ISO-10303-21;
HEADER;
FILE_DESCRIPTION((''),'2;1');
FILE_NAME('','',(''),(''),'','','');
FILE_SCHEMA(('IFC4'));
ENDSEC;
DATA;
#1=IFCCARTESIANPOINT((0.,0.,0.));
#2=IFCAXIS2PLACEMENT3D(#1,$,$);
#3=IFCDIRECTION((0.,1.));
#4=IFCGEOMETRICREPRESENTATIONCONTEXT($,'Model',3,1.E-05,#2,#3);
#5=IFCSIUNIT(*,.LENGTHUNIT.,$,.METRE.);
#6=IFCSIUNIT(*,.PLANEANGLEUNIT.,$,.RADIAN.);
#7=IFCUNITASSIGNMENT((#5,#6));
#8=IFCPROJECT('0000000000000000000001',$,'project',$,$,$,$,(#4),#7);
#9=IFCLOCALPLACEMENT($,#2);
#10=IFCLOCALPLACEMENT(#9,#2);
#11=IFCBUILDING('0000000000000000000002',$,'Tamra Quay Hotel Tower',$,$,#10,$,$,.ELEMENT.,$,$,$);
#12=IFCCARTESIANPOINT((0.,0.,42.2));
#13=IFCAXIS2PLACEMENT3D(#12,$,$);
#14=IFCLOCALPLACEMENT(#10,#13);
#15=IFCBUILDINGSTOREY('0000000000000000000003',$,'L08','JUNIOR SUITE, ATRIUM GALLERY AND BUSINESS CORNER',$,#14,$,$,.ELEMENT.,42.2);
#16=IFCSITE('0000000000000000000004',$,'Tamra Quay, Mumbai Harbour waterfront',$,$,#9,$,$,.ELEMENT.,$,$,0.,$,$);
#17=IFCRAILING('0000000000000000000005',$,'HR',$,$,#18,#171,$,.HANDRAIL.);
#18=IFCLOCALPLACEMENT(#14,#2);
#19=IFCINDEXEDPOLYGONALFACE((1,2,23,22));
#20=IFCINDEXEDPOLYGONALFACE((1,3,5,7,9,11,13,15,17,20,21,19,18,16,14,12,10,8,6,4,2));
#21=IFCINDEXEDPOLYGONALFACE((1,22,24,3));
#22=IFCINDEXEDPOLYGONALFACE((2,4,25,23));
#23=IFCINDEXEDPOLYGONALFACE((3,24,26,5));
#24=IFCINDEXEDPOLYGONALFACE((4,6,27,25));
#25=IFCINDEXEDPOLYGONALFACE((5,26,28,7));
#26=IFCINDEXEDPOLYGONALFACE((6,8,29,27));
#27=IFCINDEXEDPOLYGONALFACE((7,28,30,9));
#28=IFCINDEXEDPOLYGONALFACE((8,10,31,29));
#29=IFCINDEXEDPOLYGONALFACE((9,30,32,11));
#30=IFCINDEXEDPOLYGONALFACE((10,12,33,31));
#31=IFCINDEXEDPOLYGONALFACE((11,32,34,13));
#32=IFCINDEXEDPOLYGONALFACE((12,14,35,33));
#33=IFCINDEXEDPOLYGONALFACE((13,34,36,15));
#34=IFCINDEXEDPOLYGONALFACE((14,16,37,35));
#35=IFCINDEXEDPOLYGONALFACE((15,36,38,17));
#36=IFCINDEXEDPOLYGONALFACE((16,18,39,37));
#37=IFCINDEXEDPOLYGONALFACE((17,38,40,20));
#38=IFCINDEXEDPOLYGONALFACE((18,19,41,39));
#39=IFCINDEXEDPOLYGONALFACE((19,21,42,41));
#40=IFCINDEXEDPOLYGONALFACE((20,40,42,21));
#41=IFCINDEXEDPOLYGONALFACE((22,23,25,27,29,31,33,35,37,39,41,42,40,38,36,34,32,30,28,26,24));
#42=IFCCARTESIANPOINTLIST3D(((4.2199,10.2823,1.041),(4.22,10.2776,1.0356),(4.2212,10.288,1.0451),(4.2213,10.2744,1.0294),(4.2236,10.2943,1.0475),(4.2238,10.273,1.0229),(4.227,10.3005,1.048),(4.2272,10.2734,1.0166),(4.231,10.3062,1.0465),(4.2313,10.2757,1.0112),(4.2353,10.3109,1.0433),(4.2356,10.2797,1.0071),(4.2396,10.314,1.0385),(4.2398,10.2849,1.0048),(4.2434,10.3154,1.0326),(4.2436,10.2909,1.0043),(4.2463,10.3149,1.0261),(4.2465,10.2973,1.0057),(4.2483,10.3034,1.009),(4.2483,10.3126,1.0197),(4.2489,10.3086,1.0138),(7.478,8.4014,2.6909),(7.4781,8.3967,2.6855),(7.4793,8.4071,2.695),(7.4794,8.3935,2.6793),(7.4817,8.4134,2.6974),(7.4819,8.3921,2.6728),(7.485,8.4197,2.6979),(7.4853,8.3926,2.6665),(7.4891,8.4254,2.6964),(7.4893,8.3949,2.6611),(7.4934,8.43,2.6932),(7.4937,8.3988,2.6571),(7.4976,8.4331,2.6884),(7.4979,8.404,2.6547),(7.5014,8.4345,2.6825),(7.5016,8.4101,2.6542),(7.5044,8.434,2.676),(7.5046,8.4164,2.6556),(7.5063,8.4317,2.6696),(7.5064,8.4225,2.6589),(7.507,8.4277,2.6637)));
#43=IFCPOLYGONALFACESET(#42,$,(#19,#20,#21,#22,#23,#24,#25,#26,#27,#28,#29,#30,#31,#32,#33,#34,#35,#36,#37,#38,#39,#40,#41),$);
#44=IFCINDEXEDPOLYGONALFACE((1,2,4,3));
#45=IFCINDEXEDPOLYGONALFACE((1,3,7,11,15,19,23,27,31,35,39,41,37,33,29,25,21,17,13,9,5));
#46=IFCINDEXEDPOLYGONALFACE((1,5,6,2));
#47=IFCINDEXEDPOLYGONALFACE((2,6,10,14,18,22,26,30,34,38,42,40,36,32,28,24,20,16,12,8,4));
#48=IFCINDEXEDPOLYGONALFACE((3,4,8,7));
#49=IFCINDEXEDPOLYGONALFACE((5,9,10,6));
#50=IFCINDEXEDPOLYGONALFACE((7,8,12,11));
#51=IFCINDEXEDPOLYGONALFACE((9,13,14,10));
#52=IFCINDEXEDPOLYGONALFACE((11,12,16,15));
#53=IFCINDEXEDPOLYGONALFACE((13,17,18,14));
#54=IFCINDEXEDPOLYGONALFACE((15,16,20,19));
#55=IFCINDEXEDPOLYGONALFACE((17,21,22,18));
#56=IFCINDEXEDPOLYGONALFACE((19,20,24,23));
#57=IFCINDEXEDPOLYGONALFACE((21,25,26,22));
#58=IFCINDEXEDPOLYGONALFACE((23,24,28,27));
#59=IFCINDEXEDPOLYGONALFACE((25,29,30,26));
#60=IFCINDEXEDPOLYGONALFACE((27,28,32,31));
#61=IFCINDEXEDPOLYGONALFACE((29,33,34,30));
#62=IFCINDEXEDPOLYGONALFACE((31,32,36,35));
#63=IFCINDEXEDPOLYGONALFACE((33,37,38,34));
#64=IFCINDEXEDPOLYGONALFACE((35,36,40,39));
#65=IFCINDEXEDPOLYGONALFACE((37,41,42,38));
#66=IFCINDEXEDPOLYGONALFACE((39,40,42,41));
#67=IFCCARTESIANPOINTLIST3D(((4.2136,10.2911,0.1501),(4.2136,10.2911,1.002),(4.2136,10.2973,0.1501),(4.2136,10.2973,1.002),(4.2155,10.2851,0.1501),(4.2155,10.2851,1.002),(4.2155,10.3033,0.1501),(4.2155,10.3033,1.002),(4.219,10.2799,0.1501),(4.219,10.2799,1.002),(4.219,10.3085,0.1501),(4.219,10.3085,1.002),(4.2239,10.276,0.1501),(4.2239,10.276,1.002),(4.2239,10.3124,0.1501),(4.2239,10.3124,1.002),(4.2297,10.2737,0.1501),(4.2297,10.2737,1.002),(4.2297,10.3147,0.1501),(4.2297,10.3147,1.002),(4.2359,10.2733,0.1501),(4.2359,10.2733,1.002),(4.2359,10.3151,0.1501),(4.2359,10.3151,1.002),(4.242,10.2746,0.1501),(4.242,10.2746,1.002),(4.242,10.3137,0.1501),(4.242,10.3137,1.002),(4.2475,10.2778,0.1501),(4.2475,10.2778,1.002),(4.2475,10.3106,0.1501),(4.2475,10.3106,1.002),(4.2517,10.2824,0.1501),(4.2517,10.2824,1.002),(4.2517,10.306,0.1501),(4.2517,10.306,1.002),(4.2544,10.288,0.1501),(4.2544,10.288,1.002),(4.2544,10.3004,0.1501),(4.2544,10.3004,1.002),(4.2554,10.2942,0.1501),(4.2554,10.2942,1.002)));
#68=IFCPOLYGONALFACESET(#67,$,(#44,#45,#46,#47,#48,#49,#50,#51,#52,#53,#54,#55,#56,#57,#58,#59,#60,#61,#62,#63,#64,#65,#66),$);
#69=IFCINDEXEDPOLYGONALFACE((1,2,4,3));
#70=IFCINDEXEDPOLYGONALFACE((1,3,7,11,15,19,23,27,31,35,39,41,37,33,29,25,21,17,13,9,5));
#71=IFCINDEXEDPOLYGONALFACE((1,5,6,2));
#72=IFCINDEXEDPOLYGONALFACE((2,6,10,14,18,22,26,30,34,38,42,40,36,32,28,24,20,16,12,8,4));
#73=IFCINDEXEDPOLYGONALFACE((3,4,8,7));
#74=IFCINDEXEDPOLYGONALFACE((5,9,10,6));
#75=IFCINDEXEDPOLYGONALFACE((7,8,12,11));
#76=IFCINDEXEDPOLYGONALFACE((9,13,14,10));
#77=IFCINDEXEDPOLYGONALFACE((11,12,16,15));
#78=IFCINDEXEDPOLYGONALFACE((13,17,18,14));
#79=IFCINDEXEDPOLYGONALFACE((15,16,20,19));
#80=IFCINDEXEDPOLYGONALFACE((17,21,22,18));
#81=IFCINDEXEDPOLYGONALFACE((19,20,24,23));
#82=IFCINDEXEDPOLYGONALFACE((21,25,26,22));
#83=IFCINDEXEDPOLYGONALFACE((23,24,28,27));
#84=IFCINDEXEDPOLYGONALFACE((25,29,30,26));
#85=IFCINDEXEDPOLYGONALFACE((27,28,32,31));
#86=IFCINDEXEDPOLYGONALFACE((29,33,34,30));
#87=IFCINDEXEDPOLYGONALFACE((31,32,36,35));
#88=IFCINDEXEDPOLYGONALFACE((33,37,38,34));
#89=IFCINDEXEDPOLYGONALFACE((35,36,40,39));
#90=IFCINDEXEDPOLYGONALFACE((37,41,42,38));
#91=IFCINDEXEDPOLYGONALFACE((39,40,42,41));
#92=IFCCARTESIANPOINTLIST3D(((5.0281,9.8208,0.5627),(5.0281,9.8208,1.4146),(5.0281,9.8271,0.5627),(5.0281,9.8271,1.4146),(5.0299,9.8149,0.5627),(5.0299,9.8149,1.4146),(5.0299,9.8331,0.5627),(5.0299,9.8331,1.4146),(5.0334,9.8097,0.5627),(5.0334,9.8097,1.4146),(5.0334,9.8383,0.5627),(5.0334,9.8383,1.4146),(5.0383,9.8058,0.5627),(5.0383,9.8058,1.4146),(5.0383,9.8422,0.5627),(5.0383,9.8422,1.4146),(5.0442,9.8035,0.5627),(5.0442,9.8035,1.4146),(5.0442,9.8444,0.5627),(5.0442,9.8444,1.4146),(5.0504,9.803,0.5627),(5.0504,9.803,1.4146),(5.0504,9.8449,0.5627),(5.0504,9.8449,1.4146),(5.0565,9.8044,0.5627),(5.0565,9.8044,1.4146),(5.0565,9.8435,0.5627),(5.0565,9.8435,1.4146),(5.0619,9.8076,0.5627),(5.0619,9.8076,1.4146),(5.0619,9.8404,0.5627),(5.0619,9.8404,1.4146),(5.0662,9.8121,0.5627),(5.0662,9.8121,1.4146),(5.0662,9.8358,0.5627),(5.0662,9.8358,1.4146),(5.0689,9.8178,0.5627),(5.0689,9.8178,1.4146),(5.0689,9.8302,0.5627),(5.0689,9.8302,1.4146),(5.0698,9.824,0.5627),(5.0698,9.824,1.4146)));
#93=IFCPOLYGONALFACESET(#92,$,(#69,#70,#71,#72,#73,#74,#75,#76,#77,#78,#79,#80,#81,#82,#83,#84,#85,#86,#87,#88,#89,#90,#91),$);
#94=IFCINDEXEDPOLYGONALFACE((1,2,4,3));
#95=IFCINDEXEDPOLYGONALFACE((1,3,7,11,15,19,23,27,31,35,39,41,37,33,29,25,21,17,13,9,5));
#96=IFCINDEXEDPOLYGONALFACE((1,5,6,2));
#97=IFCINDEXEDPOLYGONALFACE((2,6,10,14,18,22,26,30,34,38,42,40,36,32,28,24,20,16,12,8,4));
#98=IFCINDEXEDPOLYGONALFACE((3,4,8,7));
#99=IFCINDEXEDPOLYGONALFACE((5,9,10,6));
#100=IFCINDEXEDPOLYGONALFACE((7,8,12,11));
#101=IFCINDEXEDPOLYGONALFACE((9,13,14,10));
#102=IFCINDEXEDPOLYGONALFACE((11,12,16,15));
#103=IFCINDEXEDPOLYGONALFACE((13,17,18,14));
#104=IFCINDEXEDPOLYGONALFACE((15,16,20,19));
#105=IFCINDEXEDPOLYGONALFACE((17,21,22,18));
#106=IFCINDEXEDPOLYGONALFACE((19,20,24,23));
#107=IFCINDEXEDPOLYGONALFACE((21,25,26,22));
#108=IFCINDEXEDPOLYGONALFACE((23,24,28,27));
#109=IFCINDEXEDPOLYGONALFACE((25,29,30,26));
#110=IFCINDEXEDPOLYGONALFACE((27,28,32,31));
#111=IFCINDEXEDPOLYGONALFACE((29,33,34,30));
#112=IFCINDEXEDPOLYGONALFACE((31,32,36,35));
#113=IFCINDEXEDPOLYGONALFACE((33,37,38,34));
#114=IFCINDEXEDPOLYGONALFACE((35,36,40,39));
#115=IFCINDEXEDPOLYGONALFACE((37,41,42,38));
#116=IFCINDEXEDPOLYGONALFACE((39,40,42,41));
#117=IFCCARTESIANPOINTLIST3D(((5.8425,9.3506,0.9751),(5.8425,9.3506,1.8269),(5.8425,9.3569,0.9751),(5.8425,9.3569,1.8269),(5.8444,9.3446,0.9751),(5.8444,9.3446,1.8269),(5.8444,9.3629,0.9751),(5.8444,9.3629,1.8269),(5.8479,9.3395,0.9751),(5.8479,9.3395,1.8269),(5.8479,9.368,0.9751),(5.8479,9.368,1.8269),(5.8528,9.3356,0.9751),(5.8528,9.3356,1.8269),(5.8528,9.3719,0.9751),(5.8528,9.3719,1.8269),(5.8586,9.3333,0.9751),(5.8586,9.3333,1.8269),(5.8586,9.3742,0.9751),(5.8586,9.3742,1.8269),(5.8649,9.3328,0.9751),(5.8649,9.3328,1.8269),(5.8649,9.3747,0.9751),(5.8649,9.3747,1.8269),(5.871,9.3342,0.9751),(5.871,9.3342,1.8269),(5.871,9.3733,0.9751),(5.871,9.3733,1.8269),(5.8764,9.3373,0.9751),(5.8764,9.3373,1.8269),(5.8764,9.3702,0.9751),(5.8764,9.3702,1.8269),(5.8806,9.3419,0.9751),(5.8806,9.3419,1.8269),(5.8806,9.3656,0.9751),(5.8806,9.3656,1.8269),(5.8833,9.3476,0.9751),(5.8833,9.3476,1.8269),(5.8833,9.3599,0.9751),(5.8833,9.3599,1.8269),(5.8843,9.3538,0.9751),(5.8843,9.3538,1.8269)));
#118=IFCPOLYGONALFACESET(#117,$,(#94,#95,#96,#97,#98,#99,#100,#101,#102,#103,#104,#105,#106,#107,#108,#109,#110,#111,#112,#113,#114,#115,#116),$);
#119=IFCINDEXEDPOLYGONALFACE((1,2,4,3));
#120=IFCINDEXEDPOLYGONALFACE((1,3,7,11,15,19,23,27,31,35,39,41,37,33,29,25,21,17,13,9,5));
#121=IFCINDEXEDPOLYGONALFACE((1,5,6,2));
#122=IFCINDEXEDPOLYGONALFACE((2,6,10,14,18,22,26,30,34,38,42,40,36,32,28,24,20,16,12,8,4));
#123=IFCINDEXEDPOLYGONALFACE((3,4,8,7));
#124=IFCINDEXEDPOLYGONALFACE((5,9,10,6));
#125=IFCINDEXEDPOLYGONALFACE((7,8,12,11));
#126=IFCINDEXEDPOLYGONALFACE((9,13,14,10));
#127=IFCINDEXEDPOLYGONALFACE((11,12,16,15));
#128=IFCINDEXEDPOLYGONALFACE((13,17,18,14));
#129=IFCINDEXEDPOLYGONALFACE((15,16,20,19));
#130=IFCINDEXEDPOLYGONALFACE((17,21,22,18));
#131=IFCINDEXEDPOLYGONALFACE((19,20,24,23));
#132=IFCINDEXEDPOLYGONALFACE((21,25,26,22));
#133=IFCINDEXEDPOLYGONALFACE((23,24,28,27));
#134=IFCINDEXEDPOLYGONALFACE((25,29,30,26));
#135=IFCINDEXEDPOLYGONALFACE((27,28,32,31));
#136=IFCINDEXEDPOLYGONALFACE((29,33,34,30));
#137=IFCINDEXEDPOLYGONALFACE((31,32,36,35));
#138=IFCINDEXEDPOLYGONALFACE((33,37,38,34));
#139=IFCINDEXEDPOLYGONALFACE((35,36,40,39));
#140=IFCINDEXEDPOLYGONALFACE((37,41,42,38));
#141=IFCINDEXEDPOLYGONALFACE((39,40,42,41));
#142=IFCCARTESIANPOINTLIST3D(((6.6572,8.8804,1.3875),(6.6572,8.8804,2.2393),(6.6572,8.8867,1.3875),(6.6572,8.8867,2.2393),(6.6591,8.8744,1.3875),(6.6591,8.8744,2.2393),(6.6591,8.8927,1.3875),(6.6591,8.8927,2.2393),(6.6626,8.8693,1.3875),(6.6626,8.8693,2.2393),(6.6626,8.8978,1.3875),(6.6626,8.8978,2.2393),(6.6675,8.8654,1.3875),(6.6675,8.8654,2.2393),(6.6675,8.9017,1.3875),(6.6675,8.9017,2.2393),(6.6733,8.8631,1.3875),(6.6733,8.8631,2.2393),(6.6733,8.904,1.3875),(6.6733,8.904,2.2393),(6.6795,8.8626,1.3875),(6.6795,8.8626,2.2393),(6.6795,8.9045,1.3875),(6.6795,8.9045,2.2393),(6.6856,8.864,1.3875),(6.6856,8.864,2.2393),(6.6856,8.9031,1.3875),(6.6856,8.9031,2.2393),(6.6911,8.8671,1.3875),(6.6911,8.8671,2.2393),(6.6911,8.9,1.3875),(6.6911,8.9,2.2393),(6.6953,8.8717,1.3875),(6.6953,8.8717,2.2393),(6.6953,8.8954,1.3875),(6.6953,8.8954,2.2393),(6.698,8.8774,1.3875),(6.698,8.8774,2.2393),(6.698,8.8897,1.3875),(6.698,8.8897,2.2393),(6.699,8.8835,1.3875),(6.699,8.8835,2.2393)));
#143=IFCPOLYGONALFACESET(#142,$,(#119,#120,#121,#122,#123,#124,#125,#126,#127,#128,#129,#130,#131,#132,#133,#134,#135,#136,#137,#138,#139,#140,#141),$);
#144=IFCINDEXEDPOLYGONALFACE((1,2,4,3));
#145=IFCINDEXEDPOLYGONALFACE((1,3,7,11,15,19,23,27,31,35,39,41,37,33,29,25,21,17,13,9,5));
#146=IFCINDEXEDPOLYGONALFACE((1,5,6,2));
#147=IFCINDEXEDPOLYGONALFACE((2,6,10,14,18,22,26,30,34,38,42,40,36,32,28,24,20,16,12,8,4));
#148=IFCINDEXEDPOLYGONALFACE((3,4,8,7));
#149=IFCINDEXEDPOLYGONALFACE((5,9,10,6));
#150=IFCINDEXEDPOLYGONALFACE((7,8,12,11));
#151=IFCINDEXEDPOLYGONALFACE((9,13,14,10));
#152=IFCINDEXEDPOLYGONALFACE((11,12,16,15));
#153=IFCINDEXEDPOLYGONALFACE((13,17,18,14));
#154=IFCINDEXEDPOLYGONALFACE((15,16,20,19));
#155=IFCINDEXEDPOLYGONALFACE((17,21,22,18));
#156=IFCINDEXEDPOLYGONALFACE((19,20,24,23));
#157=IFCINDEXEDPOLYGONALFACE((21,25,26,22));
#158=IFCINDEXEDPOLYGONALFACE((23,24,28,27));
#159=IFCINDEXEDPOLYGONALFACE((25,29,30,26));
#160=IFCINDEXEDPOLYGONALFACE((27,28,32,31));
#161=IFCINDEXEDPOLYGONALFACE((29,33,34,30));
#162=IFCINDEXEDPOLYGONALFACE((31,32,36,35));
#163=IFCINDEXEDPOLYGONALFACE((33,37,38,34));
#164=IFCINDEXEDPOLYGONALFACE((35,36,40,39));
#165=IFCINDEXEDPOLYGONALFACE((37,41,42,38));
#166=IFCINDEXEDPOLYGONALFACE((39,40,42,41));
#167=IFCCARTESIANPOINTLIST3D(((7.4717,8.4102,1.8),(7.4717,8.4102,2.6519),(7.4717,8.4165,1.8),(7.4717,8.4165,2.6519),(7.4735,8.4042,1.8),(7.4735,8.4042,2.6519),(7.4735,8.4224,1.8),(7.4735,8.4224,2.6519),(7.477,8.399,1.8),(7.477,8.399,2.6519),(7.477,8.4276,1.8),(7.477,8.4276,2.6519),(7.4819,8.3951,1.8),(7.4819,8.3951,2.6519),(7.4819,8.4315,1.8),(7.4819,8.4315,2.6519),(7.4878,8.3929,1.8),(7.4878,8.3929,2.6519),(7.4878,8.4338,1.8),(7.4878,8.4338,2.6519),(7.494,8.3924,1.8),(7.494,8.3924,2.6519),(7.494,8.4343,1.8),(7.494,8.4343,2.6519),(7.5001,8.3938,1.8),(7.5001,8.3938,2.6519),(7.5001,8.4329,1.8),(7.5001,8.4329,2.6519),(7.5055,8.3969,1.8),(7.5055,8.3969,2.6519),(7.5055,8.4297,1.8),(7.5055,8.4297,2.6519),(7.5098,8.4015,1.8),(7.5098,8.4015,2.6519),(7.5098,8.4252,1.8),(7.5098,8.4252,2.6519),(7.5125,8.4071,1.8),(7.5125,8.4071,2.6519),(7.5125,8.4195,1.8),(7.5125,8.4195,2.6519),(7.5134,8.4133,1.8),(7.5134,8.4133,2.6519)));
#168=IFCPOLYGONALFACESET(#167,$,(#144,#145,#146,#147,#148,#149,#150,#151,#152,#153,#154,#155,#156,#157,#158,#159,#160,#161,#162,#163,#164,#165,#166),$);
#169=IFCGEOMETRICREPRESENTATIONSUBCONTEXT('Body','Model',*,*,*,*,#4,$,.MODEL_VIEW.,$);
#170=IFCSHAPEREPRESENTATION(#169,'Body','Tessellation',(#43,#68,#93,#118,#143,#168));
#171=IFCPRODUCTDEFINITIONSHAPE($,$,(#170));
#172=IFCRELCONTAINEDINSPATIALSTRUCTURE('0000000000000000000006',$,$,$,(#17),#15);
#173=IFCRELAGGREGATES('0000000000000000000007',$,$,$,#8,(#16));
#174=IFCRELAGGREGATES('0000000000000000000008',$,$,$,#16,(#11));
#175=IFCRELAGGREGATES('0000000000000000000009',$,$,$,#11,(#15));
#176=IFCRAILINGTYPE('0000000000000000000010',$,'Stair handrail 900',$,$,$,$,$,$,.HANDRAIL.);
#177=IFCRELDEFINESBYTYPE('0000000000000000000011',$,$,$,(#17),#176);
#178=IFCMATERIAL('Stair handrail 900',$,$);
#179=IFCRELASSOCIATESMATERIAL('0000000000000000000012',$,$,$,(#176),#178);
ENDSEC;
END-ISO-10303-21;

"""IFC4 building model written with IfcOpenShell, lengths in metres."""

from ifc_helpers import new_model, si_unit, direction, frame, origin, origin_2d, place, context, subcontext, project, spatial, circle, extrude, material, type_object, element, save


model = new_model("IFC4")

# Units and contexts
model_context = context("Model", 3, precision=1e-05, world=origin(), true_north=direction((0.0, 1.0)))
body_context = subcontext(model_context, "Body", "Model", "MODEL_VIEW")
ifc_project = project(units=[si_unit("LENGTHUNIT", "METRE"), si_unit("PLANEANGLEUNIT", "RADIAN")], contexts=[model_context])

# Site, building, storey
site_placement = place(None, origin())
site = spatial("IfcSite", under=ifc_project, at=site_placement, Name="Tamra Quay, Mumbai Harbour waterfront", CompositionType="ELEMENT", RefElevation=0.0)
building_placement = place(site_placement, origin())
building = spatial("IfcBuilding", under=site, at=building_placement, Name="Tamra Quay Hotel Tower", CompositionType="ELEMENT")
storey_placement = place(building_placement, frame((0.0, 0.0, 42.2)))
storey = spatial("IfcBuildingStorey", under=building, at=storey_placement, Name="L08", Description="JUNIOR SUITE, ATRIUM GALLERY AND BUSINESS CORNER", CompositionType="ELEMENT", Elevation=42.2)

# Railing
ifc_material_1 = material(Name="Stair handrail 900")
railing_type = type_object("IfcRailingType", Name="Stair handrail 900", PredefinedType="HANDRAIL", material=ifc_material_1)
railing_placement = place(storey_placement, frame((4.2344, 10.2942, 0.1501)))
element("IfcRailing", 1, at=railing_placement, inside=storey, type_object=railing_type, Name="HR", PredefinedType="HANDRAIL", context=body_context, shape_type="SweptSolid", body=[
    extrude(circle(Radius=0.0239, at=origin_2d()), frame((0.0, 0.0, 0.876), z_axis=(0.793122, -0.457865, 0.401642), x_axis=(0.499964, 0.866046, 0.0)), (0.0, 0.0, 1.0), 4.1079),
    extrude(circle(Radius=0.021, at=origin_2d()), origin(), (0.0, 0.0, 1.0), 0.8518),
    extrude(circle(Radius=0.021, at=origin_2d()), frame((0.8145, -0.4702, 0.4126)), (0.0, 0.0, 1.0), 0.8518),
    extrude(circle(Radius=0.021, at=origin_2d()), frame((1.6289, -0.9404, 0.825)), (0.0, 0.0, 1.0), 0.8518),
    extrude(circle(Radius=0.021, at=origin_2d()), frame((2.4436, -1.4106, 1.2373)), (0.0, 0.0, 1.0), 0.8518),
    extrude(circle(Radius=0.021, at=origin_2d()), frame((3.2581, -1.8809, 1.6499)), (0.0, 0.0, 1.0), 0.8518),
])

save(model, "model.ifc")
